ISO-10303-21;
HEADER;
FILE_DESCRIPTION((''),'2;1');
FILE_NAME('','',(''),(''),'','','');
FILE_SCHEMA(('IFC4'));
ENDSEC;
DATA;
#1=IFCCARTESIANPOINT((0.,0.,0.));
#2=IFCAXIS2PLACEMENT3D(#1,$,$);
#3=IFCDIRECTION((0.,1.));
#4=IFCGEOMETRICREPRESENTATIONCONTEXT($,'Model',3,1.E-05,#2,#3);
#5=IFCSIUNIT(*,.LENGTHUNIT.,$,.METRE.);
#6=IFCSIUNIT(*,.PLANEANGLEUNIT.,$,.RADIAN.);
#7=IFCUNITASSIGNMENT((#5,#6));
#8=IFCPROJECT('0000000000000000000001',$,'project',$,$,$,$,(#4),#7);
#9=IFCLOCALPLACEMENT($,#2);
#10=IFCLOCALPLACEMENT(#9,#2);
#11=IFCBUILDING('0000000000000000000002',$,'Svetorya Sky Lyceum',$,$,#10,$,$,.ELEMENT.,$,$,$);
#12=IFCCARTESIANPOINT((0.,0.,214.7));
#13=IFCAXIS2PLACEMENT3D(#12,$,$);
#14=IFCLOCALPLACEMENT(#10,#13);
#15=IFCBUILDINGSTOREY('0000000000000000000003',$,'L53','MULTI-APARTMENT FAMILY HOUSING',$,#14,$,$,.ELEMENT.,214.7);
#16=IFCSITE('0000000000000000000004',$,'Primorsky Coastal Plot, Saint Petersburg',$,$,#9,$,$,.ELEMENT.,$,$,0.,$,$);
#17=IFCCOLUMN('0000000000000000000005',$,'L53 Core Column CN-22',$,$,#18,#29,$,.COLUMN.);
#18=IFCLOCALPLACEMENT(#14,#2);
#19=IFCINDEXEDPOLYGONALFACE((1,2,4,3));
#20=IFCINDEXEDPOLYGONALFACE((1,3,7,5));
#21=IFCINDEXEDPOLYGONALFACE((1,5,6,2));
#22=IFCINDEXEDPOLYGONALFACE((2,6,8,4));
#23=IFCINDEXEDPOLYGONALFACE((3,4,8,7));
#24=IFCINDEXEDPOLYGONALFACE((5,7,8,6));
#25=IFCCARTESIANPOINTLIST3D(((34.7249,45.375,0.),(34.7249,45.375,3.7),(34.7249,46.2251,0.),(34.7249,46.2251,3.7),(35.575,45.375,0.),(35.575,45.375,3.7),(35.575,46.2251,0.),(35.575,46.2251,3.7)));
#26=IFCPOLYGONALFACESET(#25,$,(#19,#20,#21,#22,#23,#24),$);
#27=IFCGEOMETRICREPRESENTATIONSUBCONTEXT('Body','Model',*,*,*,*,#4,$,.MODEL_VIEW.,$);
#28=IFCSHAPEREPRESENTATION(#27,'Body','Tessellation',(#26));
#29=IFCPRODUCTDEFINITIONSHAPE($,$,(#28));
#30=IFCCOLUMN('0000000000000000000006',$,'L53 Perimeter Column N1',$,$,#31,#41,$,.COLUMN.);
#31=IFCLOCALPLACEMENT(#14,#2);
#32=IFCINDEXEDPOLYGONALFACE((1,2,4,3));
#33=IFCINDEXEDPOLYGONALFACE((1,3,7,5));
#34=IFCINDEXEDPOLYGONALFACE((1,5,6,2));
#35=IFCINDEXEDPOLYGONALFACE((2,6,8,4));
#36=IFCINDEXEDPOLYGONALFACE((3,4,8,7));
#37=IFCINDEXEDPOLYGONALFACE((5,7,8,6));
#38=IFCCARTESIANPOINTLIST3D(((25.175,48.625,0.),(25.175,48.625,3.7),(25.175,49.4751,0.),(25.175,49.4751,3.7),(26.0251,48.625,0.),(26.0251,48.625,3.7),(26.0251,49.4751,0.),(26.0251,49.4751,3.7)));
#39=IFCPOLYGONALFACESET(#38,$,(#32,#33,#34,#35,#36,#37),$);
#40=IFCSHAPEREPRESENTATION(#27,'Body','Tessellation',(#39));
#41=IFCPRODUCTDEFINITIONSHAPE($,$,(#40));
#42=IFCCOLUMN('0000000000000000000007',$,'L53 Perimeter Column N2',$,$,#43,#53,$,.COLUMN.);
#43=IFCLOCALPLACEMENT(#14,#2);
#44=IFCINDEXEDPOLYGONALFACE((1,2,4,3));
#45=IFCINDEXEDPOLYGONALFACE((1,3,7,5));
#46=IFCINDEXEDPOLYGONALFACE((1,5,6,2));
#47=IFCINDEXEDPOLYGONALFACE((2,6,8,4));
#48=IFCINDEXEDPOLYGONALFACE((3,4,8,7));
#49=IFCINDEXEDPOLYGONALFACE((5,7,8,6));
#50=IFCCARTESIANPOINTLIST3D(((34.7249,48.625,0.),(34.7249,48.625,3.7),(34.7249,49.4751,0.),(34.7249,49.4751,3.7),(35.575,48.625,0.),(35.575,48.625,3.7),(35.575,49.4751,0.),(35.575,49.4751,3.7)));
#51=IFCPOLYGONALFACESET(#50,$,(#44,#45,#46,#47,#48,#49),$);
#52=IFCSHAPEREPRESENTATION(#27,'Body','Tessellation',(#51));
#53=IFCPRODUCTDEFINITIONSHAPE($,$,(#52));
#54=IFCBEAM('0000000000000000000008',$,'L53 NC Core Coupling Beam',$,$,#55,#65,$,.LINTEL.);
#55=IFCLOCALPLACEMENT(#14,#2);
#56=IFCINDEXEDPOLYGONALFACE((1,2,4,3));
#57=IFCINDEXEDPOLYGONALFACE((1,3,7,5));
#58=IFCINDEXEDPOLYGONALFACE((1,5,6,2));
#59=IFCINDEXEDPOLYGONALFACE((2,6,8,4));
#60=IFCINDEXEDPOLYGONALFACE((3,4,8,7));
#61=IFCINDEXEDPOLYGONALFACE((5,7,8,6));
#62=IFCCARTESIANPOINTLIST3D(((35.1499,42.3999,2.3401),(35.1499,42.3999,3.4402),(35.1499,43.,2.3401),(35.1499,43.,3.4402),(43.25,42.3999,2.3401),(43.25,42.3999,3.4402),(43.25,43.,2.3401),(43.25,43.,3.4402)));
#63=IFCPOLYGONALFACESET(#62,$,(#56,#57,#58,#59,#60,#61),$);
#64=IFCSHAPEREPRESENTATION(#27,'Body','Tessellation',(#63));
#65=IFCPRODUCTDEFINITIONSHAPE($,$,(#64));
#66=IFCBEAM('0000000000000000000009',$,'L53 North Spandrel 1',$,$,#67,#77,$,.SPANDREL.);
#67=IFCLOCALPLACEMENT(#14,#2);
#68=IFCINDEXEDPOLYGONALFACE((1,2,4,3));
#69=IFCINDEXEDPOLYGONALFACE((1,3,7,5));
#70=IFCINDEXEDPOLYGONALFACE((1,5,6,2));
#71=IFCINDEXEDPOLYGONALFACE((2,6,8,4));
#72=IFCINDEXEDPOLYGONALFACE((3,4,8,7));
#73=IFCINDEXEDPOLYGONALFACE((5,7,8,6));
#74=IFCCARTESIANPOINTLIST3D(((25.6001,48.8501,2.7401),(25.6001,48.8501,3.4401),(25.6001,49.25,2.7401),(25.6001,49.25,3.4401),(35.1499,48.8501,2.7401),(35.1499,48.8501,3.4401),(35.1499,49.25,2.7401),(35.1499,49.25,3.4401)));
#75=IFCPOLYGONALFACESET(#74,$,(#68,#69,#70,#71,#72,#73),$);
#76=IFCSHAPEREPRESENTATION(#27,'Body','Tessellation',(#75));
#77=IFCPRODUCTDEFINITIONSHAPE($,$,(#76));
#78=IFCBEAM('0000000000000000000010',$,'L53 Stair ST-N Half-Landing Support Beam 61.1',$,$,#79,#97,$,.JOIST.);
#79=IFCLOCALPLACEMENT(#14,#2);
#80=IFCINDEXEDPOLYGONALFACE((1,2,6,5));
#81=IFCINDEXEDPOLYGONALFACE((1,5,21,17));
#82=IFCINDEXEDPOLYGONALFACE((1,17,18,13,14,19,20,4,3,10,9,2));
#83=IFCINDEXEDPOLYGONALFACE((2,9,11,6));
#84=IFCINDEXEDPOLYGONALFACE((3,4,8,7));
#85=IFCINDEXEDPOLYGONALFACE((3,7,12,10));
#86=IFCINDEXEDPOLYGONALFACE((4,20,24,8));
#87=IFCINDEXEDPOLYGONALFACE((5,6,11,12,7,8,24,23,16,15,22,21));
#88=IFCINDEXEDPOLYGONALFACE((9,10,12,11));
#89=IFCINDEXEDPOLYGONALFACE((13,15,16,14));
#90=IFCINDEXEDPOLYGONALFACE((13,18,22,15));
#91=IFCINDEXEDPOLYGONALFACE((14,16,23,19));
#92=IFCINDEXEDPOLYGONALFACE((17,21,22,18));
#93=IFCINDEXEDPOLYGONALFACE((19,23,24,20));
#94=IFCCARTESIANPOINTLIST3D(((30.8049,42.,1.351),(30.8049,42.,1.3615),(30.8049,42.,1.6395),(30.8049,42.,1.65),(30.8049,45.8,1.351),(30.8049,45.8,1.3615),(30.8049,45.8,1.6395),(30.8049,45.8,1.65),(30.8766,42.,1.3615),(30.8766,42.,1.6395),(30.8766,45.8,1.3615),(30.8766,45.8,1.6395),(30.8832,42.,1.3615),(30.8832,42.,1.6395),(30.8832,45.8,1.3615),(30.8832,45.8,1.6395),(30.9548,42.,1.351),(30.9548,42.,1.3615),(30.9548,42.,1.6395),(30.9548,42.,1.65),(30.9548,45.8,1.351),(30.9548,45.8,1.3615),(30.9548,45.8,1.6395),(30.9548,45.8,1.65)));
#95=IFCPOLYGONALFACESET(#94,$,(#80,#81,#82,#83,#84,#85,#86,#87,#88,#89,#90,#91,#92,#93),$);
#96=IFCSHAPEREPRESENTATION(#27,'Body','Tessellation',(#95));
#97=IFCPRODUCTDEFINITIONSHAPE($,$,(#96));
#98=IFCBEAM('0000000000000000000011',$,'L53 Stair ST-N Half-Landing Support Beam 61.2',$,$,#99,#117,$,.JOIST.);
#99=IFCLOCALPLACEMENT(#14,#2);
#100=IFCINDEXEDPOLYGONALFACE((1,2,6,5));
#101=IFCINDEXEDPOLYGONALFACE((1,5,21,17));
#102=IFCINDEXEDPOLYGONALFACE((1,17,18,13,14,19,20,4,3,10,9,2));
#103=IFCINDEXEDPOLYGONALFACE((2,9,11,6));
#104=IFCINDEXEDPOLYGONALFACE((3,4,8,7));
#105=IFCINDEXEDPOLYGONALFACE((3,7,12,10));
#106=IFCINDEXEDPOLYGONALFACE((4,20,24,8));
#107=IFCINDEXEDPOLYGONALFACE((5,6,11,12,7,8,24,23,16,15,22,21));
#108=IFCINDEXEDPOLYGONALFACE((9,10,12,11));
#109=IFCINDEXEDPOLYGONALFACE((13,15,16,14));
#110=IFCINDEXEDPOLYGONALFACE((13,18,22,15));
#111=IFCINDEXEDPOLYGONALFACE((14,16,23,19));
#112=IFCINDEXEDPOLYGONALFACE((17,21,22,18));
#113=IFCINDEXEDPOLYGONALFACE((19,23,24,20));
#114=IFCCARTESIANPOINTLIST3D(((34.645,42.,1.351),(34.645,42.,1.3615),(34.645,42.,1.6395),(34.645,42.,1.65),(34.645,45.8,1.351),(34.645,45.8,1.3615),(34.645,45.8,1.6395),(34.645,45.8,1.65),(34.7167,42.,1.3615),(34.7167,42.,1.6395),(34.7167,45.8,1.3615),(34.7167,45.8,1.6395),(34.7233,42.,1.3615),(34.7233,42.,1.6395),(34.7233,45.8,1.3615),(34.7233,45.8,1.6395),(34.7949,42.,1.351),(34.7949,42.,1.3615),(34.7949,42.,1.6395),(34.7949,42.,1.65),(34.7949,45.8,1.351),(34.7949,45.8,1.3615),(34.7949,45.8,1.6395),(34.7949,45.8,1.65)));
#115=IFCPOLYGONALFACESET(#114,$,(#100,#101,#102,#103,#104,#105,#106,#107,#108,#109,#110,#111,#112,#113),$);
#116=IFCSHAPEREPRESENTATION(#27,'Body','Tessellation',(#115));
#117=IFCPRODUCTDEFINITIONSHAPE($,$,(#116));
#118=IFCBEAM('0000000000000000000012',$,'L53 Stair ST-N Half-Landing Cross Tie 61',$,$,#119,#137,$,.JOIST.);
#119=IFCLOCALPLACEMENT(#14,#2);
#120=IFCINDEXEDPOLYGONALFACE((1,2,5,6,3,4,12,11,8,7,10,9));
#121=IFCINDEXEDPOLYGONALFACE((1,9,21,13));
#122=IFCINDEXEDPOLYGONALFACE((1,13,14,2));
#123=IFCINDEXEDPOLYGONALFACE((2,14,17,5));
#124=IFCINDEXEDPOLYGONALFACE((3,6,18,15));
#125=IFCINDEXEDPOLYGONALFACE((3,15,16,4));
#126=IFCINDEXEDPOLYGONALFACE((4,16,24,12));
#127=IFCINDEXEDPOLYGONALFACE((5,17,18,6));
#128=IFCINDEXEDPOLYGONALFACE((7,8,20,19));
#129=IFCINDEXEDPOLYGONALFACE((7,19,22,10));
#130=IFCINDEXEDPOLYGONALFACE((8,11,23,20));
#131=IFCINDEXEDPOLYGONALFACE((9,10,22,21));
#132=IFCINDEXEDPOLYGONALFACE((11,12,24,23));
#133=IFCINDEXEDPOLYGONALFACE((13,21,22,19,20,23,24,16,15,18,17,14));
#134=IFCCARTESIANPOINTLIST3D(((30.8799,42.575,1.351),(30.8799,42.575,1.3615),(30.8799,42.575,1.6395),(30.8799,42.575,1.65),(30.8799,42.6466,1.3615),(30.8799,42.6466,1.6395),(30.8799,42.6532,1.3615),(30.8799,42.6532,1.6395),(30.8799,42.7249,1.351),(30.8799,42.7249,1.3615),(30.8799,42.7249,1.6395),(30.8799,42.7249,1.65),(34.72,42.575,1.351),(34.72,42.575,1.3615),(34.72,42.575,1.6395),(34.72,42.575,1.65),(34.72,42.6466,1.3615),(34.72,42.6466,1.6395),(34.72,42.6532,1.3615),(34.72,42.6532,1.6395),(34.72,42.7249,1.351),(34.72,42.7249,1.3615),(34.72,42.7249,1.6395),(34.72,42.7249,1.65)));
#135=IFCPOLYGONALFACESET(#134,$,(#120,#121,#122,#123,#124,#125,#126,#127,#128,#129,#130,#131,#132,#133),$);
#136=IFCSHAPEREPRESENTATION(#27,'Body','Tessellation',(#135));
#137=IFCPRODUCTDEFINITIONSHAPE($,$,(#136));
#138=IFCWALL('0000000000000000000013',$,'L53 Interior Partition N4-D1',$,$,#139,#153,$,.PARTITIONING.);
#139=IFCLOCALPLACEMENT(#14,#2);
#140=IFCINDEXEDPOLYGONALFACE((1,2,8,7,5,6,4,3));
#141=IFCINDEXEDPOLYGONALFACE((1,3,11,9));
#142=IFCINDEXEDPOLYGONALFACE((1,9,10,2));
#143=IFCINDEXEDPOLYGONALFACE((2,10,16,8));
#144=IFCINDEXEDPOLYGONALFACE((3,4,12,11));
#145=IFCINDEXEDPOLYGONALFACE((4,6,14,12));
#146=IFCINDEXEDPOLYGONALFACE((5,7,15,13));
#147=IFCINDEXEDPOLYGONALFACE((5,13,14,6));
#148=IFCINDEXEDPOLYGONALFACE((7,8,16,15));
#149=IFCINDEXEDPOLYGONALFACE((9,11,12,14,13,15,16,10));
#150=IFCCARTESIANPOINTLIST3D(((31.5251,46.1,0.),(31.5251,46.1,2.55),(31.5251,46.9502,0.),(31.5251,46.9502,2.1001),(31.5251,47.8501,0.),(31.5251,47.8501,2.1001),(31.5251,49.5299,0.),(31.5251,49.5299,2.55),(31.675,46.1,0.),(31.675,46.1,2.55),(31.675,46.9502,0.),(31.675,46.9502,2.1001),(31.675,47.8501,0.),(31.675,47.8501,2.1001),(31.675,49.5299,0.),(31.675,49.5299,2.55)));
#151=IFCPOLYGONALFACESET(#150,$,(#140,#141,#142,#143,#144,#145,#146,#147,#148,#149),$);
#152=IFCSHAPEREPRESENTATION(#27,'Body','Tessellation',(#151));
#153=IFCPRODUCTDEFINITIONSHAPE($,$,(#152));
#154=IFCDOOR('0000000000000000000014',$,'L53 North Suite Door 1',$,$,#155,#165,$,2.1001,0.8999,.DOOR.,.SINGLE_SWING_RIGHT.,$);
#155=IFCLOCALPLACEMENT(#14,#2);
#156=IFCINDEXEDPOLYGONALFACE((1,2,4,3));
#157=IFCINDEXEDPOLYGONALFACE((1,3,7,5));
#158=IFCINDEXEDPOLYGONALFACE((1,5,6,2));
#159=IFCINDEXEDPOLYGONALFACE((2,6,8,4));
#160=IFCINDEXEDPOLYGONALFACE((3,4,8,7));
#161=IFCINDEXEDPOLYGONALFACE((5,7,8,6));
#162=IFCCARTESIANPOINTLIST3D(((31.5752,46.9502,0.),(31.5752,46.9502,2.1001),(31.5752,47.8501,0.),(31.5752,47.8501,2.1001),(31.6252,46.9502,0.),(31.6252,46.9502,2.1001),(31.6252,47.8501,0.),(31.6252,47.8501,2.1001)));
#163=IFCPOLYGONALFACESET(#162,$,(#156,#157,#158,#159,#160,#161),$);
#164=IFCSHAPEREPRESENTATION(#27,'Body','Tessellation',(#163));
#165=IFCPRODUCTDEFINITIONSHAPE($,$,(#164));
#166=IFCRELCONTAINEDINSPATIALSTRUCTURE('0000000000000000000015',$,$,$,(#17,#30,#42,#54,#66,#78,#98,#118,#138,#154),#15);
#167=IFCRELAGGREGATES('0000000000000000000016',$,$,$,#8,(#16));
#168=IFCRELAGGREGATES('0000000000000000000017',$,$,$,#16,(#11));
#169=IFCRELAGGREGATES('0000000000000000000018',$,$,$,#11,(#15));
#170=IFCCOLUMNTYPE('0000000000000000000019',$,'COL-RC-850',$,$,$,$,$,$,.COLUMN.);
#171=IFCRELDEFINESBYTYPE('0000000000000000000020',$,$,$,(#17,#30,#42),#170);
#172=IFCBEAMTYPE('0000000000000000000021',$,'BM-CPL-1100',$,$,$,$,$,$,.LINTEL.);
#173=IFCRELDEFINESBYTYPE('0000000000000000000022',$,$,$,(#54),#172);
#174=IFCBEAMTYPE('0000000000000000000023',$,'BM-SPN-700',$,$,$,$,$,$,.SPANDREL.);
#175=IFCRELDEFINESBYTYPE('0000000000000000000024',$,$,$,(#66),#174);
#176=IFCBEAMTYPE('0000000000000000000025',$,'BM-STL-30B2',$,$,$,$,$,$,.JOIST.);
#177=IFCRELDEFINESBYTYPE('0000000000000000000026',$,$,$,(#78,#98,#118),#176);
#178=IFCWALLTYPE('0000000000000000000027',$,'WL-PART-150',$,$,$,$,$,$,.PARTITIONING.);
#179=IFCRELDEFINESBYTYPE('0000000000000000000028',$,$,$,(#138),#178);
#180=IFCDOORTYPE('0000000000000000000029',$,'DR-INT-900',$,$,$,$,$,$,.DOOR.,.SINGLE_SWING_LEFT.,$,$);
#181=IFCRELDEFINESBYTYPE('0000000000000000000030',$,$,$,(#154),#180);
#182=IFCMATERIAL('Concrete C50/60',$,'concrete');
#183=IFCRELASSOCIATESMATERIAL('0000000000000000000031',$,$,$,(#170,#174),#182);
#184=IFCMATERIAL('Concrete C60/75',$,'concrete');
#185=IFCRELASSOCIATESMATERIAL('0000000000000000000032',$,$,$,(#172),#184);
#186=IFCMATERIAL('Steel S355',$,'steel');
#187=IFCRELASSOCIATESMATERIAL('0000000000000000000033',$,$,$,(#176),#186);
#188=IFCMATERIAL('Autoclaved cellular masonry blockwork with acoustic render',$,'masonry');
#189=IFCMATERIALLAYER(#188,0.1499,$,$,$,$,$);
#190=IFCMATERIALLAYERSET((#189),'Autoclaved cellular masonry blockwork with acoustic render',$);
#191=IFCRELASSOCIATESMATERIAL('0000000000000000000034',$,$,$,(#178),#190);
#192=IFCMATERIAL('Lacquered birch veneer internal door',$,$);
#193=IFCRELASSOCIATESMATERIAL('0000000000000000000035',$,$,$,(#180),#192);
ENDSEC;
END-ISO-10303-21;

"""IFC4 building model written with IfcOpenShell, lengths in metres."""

from ifc_helpers import new_model, si_unit, direction, frame, frame_2d, origin, origin_2d, place, context, subcontext, project, spatial, rectangle, i_section, extrude, material, layer, layer_set, material_profile, profile_set, type_object, element, fill, save


model = new_model("IFC4")

# Units and contexts
model_context = context("Model", 3, precision=1e-05, world=origin(), true_north=direction((0.0, 1.0)))
body_context = subcontext(model_context, "Body", "Model", "MODEL_VIEW")
ifc_project = project(units=[si_unit("LENGTHUNIT", "METRE"), si_unit("PLANEANGLEUNIT", "RADIAN")], contexts=[model_context])

# Site, building, storey
site_placement = place(None, origin())
site = spatial("IfcSite", under=ifc_project, at=site_placement, Name="Primorsky Coastal Plot, Saint Petersburg", CompositionType="ELEMENT", RefElevation=0.0)
building_placement = place(site_placement, origin())
building = spatial("IfcBuilding", under=site, at=building_placement, Name="Svetorya Sky Lyceum", CompositionType="ELEMENT")
storey_placement = place(building_placement, frame((0.0, 0.0, 214.7)))
storey = spatial("IfcBuildingStorey", under=building, at=storey_placement, Name="L53", Description="MULTI-APARTMENT FAMILY HOUSING", CompositionType="ELEMENT", Elevation=214.7)

# Columns
ifc_material_1 = material(Name="Concrete C50/60", Category="concrete")
ifc_material_profile_1 = material_profile(ifc_material_1, rectangle(XDim=0.8501, YDim=0.8501, at=origin_2d()), Name="RC COL 850x850")
ifc_profile_set_1 = profile_set([ifc_material_profile_1], Name="Concrete C50/60")
column_type = type_object("IfcColumnType", Name="COL-RC-850", PredefinedType="COLUMN", material=ifc_profile_set_1)
for number, where, z_axis, x_axis, name in (
    (1, (35.1499, 45.8, 0.0), (0.0, 0.0, 1.0), (1.0, 0.0, 0.0), "L53 Core Column CN-22"),
    (2, (25.6001, 49.05, 0.0), (0.0, 0.0, 1.0), (1.0, 0.0, 0.0), "L53 Perimeter Column N1"),
    (3, (35.1499, 49.05, 0.0), (0.0, 0.0, 1.0), (1.0, 0.0, 0.0), "L53 Perimeter Column N2"),
):
    element("IfcColumn", number, at=place(storey_placement, frame(where, z_axis=z_axis, x_axis=x_axis)), inside=storey, type_object=column_type, Name=name, PredefinedType="COLUMN", context=body_context, shape_type="SweptSolid", body=[
        extrude(rectangle(XDim=0.8501, YDim=0.8501, at=origin_2d()), origin(), (0.0, 0.0, 1.0), 3.7),
    ])

# Beams
ifc_material_2 = material(Name="Concrete C60/75", Category="concrete")
ifc_material_profile_2 = material_profile(ifc_material_2, rectangle(XDim=0.6001, YDim=1.1001, at=origin_2d()), Name="RC COUPLING 600x1100")
ifc_profile_set_2 = profile_set([ifc_material_profile_2], Name="Concrete C60/75")
beam_type_1 = type_object("IfcBeamType", Name="BM-CPL-1100", PredefinedType="LINTEL", material=ifc_profile_set_2)
beam_1_placement = place(storey_placement, frame((35.1499, 42.7, 2.8901), z_axis=(1.0, 0.0, 0.0), x_axis=(0.0, 1.0, 0.0)))
element("IfcBeam", 4, at=beam_1_placement, inside=storey, type_object=beam_type_1, Name="L53 NC Core Coupling Beam", PredefinedType="LINTEL", context=body_context, shape_type="SweptSolid", body=[
    extrude(rectangle(XDim=0.6001, YDim=1.1001, at=origin_2d()), origin(), (0.0, 0.0, 1.0), 8.1001),
])
ifc_material_profile_3 = material_profile(ifc_material_1, rectangle(XDim=0.3999, YDim=0.7, at=origin_2d()), Name="RC SPANDREL 400x700")
ifc_profile_set_3 = profile_set([ifc_material_profile_3], Name="Concrete C50/60")
beam_type_2 = type_object("IfcBeamType", Name="BM-SPN-700", PredefinedType="SPANDREL", material=ifc_profile_set_3)
beam_2_placement = place(storey_placement, frame((25.6001, 49.05, 3.0901), z_axis=(1.0, 0.0, 0.0), x_axis=(0.0, 1.0, 0.0)))
element("IfcBeam", 5, at=beam_2_placement, inside=storey, type_object=beam_type_2, Name="L53 North Spandrel 1", PredefinedType="SPANDREL", context=body_context, shape_type="SweptSolid", body=[
    extrude(rectangle(XDim=0.3999, YDim=0.7, at=origin_2d()), origin(), (0.0, 0.0, 1.0), 9.5498),
])
ifc_material_3 = material(Name="Steel S355", Category="steel")
ifc_material_profile_4 = material_profile(ifc_material_3, i_section(OverallWidth=0.1499, OverallDepth=0.2991, WebThickness=0.0066, FlangeThickness=0.0105, at=origin_2d()), Name="GOST 30B2")
ifc_profile_set_4 = profile_set([ifc_material_profile_4], Name="Steel S355")
beam_type_3 = type_object("IfcBeamType", Name="BM-STL-30B2", PredefinedType="JOIST", material=ifc_profile_set_4)
for number, where, z_axis, x_axis, name in (
    (6, (30.8799, 42.0, 1.5005), (0.0, 1.0, 0.0), (-1.0, 0.0, 0.0), "L53 Stair ST-N Half-Landing Support Beam 61.1"),
    (7, (34.72, 42.0, 1.5005), (0.0, 1.0, 0.0), (-1.0, 0.0, 0.0), "L53 Stair ST-N Half-Landing Support Beam 61.2"),
):
    element("IfcBeam", number, at=place(storey_placement, frame(where, z_axis=z_axis, x_axis=x_axis)), inside=storey, type_object=beam_type_3, Name=name, PredefinedType="JOIST", context=body_context, shape_type="SweptSolid", body=[
        extrude(i_section(OverallWidth=0.1499, OverallDepth=0.2991, WebThickness=0.0066, FlangeThickness=0.0105, at=origin_2d()), origin(), (0.0, 0.0, 1.0), 3.8),
    ])
beam_3_placement = place(storey_placement, frame((30.8799, 42.6499, 1.5005), z_axis=(1.0, 0.0, 0.0), x_axis=(0.0, 1.0, 0.0)))
element("IfcBeam", 8, at=beam_3_placement, inside=storey, type_object=beam_type_3, Name="L53 Stair ST-N Half-Landing Cross Tie 61", PredefinedType="JOIST", context=body_context, shape_type="SweptSolid", body=[
    extrude(i_section(OverallWidth=0.1499, OverallDepth=0.2991, WebThickness=0.0066, FlangeThickness=0.0105, at=origin_2d()), origin(), (0.0, 0.0, 1.0), 3.8401),
])

# Wall, opening, door
ifc_material_4 = material(Name="Autoclaved cellular masonry blockwork with acoustic render", Category="masonry")
ifc_layer = layer(ifc_material_4, 0.1499)
ifc_layer_set = layer_set([ifc_layer], Name="Autoclaved cellular masonry blockwork with acoustic render")
wall_type = type_object("IfcWallType", Name="WL-PART-150", PredefinedType="PARTITIONING", material=ifc_layer_set)
wall_placement = place(storey_placement, frame((31.6001, 46.1001, 0.0), z_axis=(0.0, 0.0, 1.0), x_axis=(0.0, 1.0, 0.0)))
wall = element("IfcWall", 9, at=wall_placement, inside=storey, type_object=wall_type, Name="L53 Interior Partition N4-D1", PredefinedType="PARTITIONING", context=body_context, shape_type="SweptSolid", body=[
    extrude(rectangle(XDim=3.4299, YDim=0.1499, at=frame_2d((1.7148, 0.0))), origin(), (0.0, 0.0, 1.0), 2.55),
])
opening_placement = place(wall_placement, frame((0.8501, 0.0, 0.0)))
opening = element("IfcOpeningElement", 10, at=opening_placement, cuts=wall, PredefinedType="OPENING", context=body_context, shape_type="SweptSolid", body=[
    extrude(rectangle(XDim=0.8999, YDim=2.1001, at=frame_2d((0.45, 1.05))), frame((0.0, 0.085, 0.0), z_axis=(0.0, -1.0, 0.0), x_axis=(1.0, 0.0, 0.0)), (0.0, 0.0, 1.0), 0.1699),
])
ifc_material_5 = material(Name="Lacquered birch veneer internal door")
door_type = type_object("IfcDoorType", Name="DR-INT-900", OperationType="SINGLE_SWING_LEFT", PredefinedType="DOOR", material=ifc_material_5)
door_placement = place(opening_placement, origin())
door = element("IfcDoor", 11, at=door_placement, inside=storey, type_object=door_type, Name="L53 North Suite Door 1", OperationType="SINGLE_SWING_RIGHT", OverallHeight=2.1001, OverallWidth=0.8999, PredefinedType="DOOR", context=body_context, shape_type="SweptSolid", body=[
    extrude(rectangle(XDim=0.8999, YDim=2.1001, at=frame_2d((0.45, 1.05))), frame((0.0, 0.0249, 0.0), z_axis=(0.0, -1.0, 0.0), x_axis=(1.0, 0.0, 0.0)), (0.0, 0.0, 1.0), 0.05),
])
fill(opening, door)

save(model, "model.ifc")
